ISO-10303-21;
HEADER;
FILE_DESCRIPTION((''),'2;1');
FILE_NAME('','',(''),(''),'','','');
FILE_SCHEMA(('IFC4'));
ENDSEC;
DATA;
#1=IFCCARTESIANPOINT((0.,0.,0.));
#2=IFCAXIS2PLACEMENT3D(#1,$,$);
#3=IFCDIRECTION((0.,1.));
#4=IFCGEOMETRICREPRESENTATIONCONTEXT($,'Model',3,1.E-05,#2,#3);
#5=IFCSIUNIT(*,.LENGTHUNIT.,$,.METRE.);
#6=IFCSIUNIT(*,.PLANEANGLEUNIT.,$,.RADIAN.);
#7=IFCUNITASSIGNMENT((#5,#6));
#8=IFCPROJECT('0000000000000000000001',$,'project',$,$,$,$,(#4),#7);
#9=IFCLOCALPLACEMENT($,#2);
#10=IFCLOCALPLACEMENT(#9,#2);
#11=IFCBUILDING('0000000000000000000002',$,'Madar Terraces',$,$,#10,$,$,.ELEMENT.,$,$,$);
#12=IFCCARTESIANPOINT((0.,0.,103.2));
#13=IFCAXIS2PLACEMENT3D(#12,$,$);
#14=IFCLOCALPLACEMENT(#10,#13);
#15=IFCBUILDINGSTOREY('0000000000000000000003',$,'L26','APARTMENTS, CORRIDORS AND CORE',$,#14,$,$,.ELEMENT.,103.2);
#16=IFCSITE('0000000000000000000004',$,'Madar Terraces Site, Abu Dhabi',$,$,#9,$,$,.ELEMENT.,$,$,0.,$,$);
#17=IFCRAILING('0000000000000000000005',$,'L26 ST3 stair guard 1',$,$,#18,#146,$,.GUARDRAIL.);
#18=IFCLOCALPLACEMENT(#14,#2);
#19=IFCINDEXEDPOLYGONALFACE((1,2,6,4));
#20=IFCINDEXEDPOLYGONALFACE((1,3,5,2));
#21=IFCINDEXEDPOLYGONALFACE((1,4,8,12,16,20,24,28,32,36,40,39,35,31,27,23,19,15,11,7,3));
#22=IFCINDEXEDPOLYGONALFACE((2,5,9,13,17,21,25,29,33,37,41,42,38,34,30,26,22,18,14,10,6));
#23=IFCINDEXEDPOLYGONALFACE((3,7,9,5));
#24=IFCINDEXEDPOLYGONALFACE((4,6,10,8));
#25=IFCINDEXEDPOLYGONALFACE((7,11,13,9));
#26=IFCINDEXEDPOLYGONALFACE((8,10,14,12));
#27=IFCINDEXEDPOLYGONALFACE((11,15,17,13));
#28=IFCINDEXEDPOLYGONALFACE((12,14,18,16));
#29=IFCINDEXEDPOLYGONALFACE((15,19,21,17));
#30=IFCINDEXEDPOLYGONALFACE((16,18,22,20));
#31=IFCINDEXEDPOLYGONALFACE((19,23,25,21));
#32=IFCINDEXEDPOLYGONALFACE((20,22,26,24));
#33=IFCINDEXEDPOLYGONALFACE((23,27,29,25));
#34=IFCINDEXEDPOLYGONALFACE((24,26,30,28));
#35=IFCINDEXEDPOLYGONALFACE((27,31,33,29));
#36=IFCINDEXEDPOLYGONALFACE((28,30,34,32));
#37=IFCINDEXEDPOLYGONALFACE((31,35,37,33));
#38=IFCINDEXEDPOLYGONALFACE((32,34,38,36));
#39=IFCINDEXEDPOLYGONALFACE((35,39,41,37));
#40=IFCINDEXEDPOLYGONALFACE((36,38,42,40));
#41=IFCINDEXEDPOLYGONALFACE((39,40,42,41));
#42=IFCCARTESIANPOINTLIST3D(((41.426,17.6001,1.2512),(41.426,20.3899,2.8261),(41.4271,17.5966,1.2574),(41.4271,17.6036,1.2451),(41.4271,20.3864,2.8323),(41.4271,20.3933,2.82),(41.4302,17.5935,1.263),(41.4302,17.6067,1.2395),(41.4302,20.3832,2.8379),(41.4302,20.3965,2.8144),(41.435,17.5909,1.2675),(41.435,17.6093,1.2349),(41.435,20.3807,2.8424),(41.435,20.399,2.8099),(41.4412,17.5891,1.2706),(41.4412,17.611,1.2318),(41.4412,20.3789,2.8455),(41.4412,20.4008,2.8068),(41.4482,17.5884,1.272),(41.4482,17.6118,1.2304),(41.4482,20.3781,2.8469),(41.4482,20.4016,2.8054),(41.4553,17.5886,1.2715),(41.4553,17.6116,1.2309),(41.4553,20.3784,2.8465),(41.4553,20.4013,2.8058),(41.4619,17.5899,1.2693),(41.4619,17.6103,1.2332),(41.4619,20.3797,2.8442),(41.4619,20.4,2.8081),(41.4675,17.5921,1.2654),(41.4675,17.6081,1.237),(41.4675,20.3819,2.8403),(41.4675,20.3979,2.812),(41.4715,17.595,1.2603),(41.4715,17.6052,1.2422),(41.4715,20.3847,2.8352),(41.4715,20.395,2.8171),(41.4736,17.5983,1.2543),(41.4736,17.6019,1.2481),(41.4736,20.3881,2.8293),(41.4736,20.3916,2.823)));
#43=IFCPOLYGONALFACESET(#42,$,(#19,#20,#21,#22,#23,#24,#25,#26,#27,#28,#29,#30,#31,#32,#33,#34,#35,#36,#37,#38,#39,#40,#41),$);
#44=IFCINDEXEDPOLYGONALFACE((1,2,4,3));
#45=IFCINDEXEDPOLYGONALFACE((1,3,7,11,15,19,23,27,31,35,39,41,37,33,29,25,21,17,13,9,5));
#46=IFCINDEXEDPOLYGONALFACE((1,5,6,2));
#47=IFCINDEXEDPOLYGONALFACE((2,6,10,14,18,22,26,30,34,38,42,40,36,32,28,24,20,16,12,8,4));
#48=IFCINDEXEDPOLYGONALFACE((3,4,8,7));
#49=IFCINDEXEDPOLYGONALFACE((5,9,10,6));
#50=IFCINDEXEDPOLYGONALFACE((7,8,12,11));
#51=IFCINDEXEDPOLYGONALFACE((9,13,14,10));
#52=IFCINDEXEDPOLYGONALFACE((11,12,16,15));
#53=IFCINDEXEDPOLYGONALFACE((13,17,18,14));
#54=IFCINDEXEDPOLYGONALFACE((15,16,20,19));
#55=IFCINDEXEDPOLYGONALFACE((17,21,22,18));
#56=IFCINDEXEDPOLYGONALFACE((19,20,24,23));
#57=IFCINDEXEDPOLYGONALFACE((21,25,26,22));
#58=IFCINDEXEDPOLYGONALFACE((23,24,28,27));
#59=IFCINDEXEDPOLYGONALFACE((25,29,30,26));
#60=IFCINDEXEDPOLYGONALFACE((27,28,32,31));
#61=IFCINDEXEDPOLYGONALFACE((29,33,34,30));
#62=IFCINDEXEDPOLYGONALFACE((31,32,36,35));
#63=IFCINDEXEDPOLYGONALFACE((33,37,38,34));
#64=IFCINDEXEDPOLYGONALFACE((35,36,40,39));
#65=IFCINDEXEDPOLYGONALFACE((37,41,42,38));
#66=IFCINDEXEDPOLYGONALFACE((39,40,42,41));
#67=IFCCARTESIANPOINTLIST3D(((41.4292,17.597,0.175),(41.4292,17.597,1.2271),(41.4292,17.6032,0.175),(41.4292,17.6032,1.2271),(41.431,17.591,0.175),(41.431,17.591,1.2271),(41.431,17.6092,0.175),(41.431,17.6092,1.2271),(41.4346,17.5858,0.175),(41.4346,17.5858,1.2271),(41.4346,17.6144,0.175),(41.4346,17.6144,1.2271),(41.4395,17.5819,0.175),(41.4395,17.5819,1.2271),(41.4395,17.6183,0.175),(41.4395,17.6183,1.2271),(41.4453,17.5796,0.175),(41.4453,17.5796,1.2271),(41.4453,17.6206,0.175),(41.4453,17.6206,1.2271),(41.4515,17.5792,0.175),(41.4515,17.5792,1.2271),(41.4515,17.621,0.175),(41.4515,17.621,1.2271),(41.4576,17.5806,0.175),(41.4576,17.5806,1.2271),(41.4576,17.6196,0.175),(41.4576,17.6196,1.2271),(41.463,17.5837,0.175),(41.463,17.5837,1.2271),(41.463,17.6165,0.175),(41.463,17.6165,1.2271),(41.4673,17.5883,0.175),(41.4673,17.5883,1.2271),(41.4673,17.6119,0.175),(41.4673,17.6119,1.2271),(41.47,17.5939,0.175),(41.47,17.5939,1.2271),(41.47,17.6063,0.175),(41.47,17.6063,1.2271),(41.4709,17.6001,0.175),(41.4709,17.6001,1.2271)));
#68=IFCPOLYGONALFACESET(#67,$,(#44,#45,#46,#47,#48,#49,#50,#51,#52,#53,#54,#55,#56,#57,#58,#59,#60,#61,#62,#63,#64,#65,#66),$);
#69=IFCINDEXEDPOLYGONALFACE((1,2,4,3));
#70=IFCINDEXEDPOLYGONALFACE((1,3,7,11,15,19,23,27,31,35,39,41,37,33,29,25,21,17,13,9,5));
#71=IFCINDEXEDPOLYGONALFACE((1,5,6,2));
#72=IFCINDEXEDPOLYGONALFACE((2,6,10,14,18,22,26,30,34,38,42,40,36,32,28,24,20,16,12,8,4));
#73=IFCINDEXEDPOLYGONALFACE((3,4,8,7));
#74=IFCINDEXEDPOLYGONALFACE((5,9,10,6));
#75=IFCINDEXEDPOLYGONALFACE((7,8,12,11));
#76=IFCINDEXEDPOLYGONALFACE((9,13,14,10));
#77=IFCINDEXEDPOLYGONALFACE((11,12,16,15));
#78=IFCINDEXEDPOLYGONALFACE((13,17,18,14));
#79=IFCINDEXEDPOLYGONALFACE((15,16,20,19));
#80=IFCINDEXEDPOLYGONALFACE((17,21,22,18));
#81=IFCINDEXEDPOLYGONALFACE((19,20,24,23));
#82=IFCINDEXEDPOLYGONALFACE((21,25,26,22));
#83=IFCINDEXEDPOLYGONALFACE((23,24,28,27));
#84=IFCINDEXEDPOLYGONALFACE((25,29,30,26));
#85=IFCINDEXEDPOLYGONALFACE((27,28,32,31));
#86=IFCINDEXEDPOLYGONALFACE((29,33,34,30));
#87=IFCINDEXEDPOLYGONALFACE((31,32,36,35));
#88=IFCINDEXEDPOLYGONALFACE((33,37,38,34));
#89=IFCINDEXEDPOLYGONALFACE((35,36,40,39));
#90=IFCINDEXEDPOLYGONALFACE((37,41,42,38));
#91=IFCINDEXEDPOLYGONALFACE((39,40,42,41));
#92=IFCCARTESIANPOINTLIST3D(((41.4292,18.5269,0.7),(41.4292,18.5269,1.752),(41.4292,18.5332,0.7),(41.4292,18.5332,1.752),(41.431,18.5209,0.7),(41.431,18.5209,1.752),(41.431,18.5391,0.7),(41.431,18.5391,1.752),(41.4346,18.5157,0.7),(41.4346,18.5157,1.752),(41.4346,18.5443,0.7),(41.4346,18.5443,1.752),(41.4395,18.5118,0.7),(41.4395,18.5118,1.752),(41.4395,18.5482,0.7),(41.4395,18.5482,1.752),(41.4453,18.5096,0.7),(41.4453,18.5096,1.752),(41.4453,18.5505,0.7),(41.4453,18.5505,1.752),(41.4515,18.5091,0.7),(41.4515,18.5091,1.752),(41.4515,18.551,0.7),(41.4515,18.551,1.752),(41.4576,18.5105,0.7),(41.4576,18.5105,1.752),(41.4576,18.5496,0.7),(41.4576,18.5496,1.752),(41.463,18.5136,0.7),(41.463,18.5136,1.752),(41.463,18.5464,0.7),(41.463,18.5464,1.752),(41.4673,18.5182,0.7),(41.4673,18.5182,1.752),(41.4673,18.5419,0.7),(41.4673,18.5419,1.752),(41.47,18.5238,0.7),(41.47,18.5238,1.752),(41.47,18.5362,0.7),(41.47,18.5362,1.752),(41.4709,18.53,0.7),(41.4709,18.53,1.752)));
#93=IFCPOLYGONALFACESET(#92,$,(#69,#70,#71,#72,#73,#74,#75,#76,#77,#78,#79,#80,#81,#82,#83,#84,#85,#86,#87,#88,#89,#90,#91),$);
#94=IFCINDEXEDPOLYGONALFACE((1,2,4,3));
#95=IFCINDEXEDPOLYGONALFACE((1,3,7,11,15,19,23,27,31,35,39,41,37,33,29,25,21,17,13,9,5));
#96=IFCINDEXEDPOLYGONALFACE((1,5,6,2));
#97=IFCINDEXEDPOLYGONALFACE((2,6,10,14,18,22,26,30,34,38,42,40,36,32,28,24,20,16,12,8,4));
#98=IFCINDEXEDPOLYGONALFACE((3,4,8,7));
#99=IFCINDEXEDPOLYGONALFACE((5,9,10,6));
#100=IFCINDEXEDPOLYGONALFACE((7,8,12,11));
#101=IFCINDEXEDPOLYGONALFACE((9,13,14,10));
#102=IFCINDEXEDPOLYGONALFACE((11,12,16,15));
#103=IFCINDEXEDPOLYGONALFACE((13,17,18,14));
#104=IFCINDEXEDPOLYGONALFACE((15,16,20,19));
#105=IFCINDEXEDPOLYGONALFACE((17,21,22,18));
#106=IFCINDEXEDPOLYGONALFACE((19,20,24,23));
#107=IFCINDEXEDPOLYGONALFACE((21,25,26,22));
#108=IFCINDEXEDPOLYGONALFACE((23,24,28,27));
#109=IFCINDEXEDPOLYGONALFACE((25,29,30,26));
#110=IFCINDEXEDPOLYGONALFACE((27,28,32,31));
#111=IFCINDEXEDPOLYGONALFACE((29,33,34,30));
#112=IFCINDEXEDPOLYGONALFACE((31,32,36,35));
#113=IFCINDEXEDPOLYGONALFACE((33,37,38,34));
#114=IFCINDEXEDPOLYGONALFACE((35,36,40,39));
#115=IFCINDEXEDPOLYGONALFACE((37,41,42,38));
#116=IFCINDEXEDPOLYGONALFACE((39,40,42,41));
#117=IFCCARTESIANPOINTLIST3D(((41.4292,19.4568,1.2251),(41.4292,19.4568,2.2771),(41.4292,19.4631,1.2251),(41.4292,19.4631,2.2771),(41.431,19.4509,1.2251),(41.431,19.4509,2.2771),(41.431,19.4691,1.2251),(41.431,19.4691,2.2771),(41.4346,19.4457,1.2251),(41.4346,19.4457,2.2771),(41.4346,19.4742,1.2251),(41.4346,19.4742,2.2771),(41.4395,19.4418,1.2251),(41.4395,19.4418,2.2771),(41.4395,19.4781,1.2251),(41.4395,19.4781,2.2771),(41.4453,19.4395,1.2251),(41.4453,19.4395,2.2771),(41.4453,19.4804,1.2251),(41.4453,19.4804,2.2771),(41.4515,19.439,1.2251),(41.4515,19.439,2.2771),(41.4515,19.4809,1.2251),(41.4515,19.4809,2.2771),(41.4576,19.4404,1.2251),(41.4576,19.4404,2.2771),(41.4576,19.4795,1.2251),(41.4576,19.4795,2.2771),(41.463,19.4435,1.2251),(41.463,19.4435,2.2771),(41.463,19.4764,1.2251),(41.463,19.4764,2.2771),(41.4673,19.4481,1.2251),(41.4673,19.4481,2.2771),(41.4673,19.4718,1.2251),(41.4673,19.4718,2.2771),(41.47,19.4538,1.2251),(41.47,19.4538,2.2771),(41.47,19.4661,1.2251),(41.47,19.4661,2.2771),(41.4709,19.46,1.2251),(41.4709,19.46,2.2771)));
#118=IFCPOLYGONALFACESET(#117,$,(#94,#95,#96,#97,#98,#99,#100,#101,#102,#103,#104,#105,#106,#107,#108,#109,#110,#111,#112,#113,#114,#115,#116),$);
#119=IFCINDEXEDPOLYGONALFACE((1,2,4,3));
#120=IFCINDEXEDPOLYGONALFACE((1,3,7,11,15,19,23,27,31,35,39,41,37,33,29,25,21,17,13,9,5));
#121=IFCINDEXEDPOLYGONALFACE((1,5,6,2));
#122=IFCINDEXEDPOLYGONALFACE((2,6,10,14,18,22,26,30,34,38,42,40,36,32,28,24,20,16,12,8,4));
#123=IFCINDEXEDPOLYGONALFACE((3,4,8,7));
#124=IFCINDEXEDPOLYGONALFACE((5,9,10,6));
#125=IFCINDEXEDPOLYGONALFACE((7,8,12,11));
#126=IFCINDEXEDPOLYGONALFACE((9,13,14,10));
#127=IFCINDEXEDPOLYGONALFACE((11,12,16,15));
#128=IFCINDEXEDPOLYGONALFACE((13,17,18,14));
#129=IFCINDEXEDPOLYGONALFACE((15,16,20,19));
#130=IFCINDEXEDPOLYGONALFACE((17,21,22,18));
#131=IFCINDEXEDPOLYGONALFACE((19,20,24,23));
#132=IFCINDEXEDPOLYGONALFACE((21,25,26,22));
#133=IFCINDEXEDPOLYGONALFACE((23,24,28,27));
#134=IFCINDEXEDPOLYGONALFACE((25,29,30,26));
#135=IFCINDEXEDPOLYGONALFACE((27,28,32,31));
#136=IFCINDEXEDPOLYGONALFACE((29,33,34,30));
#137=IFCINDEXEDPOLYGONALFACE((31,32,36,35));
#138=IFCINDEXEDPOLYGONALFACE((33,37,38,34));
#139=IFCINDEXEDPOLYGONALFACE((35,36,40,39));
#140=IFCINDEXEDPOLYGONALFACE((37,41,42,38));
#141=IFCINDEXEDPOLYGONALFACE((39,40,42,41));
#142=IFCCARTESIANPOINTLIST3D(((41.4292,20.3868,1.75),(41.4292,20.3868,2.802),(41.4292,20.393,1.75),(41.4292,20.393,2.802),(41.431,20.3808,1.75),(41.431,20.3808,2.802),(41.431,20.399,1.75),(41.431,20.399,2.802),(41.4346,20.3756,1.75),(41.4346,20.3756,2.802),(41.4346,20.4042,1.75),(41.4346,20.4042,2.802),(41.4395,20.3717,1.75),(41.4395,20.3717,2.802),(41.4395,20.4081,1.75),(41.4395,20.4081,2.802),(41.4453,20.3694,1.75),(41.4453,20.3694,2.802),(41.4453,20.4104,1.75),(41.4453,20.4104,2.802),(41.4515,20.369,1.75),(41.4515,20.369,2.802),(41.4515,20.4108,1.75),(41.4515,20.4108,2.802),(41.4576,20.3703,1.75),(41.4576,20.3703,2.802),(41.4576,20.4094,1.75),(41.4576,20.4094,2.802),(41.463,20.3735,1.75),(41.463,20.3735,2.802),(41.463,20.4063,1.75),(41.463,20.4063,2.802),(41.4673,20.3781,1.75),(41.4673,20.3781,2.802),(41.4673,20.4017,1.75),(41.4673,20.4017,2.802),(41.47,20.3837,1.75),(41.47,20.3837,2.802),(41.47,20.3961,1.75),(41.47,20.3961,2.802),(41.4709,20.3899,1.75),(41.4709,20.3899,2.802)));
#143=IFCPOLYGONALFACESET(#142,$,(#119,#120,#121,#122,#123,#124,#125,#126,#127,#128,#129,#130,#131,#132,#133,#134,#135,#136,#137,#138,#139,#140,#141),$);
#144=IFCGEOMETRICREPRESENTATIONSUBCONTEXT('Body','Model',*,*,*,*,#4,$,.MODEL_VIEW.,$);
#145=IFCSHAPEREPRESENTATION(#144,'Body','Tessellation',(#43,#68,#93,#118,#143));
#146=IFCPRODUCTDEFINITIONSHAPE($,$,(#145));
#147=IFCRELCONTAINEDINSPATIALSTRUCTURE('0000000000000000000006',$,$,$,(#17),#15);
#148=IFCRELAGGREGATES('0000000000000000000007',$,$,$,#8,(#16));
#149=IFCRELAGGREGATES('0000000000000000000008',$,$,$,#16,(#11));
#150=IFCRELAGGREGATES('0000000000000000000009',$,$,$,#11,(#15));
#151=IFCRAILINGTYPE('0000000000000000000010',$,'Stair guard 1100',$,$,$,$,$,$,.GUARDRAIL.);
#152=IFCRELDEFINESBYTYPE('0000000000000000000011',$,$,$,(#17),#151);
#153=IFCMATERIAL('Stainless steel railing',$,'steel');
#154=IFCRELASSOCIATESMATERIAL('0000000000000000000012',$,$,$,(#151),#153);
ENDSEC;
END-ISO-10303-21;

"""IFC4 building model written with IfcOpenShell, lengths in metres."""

from ifc_helpers import new_model, si_unit, direction, frame, origin, origin_2d, place, context, subcontext, project, spatial, circle, extrude, material, type_object, element, save


model = new_model("IFC4")

# Units and contexts
model_context = context("Model", 3, precision=1e-05, world=origin(), true_north=direction((0.0, 1.0)))
body_context = subcontext(model_context, "Body", "Model", "MODEL_VIEW")
ifc_project = project(units=[si_unit("LENGTHUNIT", "METRE"), si_unit("PLANEANGLEUNIT", "RADIAN")], contexts=[model_context])

# Site, building, storey
site_placement = place(None, origin())
site = spatial("IfcSite", under=ifc_project, at=site_placement, Name="Madar Terraces Site, Abu Dhabi", CompositionType="ELEMENT", RefElevation=0.0)
building_placement = place(site_placement, origin())
building = spatial("IfcBuilding", under=site, at=building_placement, Name="Madar Terraces", CompositionType="ELEMENT")
storey_placement = place(building_placement, frame((0.0, 0.0, 103.2)))
storey = spatial("IfcBuildingStorey", under=building, at=storey_placement, Name="L26", Description="APARTMENTS, CORRIDORS AND CORE", CompositionType="ELEMENT", Elevation=103.2)

# Railing
ifc_material_1 = material(Name="Stainless steel railing", Category="steel")
railing_type_1 = type_object("IfcRailingType", Name="Stair guard 1100", PredefinedType="GUARDRAIL", material=ifc_material_1)
railing_1_placement = place(storey_placement, frame((41.45, 17.6001, 0.175)))
element("IfcRailing", 1, at=railing_1_placement, inside=storey, type_object=railing_type_1, Name="L26 ST3 stair guard 1", PredefinedType="GUARDRAIL", context=body_context, shape_type="SweptSolid", body=[
    extrude(circle(Radius=0.0239, at=origin_2d()), frame((0.0, 0.0, 1.0762), z_axis=(0.0, 0.870815, 0.49161), x_axis=(-1.0, 0.0, 0.0)), (0.0, 0.0, 1.0), 3.2036),
    extrude(circle(Radius=0.021, at=origin_2d()), origin(), (0.0, 0.0, 1.0), 1.052),
    extrude(circle(Radius=0.021, at=origin_2d()), frame((0.0, 0.9299, 0.5249)), (0.0, 0.0, 1.0), 1.052),
    extrude(circle(Radius=0.021, at=origin_2d()), frame((0.0, 1.8599, 1.05)), (0.0, 0.0, 1.0), 1.052),
    extrude(circle(Radius=0.021, at=origin_2d()), frame((0.0, 2.7898, 1.575)), (0.0, 0.0, 1.0), 1.052),
])

save(model, "model.ifc")
